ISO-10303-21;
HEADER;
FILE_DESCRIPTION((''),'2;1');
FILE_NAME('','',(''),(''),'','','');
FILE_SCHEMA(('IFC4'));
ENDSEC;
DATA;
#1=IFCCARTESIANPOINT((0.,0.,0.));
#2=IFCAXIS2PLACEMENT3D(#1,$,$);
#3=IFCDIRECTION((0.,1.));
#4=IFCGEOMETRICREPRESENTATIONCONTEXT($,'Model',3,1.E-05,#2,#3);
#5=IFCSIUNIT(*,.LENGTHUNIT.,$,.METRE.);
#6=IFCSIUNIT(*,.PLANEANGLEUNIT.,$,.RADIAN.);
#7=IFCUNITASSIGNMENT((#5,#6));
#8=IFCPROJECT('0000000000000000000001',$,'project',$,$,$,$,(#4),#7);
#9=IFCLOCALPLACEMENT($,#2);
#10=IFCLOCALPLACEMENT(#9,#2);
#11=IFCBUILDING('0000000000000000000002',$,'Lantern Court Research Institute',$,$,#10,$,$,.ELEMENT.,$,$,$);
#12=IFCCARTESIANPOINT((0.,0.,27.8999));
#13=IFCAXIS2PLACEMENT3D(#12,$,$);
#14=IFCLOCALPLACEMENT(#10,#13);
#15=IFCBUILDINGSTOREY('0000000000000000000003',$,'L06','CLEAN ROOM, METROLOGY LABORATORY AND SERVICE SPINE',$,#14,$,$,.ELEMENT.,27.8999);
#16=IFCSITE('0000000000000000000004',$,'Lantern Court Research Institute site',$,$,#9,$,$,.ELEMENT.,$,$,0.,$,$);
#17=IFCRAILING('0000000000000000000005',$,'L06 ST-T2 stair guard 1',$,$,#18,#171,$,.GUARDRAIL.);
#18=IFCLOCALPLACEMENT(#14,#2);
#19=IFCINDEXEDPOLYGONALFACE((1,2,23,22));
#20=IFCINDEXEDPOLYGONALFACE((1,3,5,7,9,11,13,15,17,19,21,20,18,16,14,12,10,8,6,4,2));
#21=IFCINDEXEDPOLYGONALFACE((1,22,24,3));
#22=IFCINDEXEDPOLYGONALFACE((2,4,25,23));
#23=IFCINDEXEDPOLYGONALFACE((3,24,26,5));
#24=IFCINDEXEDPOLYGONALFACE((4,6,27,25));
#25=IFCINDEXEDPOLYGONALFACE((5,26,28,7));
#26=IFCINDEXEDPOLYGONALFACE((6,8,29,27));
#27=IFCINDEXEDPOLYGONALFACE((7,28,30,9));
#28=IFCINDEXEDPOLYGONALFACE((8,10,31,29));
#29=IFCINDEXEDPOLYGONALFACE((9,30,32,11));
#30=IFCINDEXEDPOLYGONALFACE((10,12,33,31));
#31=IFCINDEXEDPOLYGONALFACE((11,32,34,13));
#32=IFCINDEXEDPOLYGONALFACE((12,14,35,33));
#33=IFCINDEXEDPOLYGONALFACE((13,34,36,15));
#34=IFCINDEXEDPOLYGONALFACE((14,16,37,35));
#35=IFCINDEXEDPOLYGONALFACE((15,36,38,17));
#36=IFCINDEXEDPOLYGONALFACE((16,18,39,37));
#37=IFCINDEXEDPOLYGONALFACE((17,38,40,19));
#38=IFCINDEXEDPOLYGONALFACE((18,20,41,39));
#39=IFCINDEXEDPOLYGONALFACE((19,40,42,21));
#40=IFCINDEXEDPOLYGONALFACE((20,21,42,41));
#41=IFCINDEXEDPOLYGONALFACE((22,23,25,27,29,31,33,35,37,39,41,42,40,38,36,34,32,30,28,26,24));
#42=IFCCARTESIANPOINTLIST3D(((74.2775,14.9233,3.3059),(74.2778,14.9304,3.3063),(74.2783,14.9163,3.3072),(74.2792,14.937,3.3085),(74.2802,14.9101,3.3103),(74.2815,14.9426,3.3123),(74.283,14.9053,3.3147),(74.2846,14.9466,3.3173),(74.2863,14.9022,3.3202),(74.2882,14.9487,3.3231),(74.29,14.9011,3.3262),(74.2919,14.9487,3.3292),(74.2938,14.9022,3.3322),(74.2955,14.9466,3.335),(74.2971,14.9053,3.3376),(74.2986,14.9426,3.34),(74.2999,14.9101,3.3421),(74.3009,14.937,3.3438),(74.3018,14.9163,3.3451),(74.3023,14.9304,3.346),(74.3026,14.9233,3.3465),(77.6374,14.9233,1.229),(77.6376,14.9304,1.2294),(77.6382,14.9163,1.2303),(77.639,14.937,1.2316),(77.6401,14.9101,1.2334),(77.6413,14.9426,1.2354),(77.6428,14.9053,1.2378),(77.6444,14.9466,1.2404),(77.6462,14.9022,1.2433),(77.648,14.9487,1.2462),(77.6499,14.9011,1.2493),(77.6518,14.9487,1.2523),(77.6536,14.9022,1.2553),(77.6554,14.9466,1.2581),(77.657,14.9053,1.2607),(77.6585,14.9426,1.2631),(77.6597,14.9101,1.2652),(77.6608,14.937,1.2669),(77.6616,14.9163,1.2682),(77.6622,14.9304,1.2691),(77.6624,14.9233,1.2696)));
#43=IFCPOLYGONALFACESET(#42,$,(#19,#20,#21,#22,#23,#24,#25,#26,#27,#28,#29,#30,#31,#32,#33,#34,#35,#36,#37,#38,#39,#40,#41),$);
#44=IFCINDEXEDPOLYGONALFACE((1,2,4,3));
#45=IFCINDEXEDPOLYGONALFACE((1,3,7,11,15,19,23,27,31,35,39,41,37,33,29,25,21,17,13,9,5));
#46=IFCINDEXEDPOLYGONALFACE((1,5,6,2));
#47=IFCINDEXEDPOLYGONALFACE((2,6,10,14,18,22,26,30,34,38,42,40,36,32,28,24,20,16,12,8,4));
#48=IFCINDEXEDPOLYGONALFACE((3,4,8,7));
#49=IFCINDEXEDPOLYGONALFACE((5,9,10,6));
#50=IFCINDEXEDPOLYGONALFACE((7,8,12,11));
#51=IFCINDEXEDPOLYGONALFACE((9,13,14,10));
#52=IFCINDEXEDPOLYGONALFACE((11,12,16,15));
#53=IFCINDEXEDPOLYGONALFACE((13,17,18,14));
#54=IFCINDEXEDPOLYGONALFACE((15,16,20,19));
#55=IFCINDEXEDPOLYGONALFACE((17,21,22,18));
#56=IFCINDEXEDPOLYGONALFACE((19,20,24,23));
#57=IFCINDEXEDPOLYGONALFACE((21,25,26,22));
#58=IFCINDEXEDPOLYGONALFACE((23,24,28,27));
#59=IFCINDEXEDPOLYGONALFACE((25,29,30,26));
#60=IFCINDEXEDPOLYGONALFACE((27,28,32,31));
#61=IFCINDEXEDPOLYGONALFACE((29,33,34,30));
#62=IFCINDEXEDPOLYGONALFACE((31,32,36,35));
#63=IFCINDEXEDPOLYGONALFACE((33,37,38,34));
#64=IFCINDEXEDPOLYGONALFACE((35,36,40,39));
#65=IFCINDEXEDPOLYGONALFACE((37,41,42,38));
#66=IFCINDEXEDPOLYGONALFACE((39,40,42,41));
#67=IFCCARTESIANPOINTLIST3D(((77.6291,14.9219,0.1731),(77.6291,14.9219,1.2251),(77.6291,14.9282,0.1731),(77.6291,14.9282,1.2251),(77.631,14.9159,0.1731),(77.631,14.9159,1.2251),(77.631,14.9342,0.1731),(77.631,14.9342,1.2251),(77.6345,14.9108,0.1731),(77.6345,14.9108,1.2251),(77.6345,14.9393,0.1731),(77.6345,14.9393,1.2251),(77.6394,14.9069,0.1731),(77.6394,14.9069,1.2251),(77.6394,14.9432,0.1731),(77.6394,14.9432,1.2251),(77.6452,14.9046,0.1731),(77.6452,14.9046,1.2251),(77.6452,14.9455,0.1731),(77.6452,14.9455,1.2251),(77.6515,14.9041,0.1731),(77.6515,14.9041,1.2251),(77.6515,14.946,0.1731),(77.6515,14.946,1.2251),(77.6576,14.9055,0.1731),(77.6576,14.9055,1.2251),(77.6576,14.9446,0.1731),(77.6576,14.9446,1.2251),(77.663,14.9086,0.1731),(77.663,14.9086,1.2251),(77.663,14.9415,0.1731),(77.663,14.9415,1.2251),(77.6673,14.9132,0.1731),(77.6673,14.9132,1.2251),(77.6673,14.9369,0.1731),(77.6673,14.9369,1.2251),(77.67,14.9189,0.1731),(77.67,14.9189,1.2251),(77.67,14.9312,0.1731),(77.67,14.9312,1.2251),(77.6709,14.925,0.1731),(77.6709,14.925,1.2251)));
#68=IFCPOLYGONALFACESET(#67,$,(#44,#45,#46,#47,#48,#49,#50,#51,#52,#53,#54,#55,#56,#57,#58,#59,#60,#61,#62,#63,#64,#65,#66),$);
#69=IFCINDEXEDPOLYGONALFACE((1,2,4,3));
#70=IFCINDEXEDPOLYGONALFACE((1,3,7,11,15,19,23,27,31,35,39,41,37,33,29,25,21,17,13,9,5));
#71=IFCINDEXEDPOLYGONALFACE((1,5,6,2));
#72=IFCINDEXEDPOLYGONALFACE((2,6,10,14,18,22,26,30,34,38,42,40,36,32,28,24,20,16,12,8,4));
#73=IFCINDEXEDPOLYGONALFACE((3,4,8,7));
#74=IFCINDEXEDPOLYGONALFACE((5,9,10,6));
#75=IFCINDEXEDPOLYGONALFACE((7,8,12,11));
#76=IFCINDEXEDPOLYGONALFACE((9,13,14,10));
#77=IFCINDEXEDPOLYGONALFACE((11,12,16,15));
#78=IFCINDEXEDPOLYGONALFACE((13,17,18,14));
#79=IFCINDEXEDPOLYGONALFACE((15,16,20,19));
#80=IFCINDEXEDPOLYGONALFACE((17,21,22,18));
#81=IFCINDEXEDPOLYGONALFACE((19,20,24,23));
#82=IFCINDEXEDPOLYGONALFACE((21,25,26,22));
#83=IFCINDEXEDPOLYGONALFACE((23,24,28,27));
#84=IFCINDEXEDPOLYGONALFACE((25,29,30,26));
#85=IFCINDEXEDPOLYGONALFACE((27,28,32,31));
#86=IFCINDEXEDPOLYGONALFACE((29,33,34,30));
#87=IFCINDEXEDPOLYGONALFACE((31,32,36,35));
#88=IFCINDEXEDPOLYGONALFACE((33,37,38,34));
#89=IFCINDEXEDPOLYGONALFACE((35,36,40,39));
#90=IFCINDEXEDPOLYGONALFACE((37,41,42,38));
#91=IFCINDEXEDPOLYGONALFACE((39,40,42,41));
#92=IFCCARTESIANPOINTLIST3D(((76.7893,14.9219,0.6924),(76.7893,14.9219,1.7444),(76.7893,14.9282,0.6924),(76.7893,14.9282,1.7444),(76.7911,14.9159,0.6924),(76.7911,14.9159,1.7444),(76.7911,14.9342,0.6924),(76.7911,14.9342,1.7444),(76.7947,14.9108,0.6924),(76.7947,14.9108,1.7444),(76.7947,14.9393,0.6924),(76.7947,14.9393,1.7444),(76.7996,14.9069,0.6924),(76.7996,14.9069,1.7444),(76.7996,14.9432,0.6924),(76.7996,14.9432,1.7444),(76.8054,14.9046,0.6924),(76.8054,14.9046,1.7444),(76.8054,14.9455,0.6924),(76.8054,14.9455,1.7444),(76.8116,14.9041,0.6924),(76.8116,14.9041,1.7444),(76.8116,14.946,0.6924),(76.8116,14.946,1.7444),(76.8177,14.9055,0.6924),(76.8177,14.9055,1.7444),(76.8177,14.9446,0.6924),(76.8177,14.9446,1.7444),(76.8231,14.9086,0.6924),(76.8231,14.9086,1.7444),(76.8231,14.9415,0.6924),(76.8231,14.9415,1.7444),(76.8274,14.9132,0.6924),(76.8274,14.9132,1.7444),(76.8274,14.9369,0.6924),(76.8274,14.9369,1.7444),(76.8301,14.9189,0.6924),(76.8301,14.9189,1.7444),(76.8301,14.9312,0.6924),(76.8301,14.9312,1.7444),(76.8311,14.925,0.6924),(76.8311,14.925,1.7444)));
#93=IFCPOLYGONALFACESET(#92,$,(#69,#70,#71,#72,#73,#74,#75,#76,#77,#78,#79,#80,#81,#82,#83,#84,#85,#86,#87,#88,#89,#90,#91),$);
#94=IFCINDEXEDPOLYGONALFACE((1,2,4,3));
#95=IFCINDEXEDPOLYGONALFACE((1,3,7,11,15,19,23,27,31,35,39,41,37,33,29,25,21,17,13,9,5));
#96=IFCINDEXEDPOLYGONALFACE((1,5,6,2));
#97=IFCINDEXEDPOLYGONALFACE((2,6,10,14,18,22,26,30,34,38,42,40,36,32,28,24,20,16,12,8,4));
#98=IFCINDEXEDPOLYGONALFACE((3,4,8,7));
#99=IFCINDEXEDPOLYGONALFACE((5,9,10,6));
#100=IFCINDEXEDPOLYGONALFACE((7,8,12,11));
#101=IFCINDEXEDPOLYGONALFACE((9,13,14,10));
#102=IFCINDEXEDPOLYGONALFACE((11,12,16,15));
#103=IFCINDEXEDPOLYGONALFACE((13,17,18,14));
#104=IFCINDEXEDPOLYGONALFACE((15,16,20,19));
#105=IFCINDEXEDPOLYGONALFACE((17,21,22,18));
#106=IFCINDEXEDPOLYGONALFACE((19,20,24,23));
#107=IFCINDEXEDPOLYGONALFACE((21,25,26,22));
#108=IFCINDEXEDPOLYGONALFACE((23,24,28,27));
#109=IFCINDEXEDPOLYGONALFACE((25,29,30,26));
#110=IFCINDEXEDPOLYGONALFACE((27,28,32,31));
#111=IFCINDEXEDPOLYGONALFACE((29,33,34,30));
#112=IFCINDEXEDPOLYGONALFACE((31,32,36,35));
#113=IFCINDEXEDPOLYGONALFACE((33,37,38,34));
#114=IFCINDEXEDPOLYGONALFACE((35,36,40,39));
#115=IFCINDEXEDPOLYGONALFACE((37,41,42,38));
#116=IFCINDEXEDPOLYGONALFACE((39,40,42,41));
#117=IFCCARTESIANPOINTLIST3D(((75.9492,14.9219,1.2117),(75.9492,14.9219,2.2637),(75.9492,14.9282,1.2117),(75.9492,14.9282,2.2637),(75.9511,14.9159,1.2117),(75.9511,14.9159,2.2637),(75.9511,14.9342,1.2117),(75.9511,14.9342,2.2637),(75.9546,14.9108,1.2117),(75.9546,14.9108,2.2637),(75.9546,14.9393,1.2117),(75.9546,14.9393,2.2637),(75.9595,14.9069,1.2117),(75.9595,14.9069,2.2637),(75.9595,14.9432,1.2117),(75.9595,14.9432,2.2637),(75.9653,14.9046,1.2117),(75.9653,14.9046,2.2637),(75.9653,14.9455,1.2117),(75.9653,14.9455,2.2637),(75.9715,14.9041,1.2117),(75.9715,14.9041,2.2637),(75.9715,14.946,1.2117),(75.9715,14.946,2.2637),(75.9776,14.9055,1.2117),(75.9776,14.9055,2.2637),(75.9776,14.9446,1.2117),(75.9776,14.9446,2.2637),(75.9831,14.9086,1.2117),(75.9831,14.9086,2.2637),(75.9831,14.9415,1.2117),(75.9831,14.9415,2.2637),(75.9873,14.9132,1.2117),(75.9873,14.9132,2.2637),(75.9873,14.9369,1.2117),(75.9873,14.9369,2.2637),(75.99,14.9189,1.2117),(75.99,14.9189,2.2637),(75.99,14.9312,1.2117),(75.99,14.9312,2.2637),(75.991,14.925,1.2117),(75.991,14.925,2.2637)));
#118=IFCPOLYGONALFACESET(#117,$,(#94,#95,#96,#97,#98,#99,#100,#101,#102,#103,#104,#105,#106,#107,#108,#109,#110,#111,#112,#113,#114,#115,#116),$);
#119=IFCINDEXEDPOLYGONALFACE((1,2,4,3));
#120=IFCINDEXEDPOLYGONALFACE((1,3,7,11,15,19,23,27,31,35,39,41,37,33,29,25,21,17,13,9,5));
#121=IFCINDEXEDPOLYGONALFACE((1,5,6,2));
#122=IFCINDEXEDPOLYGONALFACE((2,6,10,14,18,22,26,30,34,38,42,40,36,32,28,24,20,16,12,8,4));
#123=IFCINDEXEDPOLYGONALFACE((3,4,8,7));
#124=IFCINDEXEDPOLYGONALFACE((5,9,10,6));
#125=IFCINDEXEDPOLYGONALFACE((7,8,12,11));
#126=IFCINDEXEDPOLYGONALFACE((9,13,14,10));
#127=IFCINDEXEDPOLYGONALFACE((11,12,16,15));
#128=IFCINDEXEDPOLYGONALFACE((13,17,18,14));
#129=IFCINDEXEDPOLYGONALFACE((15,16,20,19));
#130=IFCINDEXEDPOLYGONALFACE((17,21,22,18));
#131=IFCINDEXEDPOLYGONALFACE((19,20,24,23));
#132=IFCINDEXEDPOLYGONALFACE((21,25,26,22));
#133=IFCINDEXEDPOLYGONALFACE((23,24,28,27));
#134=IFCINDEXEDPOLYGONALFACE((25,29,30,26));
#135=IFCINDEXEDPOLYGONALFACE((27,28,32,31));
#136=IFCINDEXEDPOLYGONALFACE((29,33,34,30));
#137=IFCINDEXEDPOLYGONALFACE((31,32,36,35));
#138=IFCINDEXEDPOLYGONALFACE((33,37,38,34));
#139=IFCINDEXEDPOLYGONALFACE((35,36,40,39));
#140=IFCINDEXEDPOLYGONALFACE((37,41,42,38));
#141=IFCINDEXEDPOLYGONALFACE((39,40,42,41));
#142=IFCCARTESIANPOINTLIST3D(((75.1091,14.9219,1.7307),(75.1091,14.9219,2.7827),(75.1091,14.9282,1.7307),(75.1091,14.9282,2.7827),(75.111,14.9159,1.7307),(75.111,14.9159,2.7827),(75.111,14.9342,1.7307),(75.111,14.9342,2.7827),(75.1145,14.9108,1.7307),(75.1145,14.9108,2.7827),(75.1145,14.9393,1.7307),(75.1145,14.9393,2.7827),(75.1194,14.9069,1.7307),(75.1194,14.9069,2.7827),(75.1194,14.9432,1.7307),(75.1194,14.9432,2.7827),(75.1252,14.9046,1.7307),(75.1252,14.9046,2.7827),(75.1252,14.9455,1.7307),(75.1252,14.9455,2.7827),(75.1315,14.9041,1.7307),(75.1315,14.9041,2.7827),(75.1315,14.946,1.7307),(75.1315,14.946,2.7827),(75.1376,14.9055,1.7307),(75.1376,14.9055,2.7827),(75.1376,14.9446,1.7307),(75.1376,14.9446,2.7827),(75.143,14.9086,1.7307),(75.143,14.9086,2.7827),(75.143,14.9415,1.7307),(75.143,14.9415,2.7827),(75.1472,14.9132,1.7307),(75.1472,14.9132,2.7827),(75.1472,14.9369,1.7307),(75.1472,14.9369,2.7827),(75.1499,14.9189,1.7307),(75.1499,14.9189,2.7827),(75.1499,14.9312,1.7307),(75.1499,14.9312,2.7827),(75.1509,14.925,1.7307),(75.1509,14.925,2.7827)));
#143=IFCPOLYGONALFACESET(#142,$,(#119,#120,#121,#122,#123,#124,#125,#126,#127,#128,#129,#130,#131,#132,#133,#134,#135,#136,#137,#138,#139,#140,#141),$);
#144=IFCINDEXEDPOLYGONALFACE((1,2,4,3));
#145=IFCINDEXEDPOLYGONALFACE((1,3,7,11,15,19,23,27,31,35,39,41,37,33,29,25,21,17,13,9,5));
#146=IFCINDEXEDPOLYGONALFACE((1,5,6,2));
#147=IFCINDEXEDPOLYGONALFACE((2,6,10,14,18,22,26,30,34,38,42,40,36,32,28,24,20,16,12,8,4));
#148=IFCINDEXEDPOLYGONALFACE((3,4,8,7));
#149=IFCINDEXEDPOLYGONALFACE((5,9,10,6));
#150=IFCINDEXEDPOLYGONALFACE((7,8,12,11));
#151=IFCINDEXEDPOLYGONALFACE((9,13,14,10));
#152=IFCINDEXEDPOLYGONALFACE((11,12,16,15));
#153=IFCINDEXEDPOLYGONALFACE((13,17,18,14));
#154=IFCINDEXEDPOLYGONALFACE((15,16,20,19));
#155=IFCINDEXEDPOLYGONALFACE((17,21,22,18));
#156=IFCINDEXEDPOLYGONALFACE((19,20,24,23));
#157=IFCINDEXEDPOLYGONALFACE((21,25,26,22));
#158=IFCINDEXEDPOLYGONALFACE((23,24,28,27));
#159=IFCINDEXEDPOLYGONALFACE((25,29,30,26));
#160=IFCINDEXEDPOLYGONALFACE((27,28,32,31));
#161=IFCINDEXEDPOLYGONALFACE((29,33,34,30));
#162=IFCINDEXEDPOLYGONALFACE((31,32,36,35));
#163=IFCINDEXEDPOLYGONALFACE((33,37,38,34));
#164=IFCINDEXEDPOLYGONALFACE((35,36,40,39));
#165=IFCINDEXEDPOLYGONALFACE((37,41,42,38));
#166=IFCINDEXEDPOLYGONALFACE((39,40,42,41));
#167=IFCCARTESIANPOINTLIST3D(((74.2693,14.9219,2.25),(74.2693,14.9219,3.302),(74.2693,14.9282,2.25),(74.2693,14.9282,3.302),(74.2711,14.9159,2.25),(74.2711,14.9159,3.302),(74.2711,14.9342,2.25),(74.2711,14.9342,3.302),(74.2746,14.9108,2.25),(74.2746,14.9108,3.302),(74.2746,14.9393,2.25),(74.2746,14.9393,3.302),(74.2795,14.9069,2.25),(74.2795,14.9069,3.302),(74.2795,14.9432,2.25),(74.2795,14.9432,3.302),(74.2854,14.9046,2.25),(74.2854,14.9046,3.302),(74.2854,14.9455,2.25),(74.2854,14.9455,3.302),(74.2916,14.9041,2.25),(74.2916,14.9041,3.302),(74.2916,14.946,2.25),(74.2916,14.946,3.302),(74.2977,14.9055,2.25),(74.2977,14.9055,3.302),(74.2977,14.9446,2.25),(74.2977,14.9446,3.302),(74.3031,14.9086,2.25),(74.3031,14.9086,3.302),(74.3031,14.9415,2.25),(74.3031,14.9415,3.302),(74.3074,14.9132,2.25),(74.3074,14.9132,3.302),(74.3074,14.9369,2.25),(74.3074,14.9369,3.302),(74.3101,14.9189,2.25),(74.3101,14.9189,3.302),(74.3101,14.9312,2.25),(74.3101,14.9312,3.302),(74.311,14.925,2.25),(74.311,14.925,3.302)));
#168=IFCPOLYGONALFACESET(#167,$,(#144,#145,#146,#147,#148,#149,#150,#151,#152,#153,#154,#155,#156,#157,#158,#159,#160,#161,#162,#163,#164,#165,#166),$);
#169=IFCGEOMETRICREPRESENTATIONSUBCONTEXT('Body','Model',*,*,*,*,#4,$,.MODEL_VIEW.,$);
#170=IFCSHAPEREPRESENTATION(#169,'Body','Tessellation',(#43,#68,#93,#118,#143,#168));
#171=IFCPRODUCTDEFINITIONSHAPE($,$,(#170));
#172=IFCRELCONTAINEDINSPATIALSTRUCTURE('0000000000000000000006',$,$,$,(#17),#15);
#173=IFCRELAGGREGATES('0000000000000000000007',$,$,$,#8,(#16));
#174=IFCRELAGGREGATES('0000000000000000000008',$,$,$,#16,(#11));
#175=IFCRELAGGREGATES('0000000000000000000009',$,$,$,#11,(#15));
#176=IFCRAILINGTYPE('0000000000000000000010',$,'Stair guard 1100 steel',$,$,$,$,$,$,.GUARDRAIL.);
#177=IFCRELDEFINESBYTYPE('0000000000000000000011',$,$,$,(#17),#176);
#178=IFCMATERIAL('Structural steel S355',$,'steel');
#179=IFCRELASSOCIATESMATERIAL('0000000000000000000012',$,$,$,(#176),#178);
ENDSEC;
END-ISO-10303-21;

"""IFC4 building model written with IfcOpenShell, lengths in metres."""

from ifc_helpers import new_model, si_unit, direction, frame, origin, origin_2d, place, context, subcontext, project, spatial, circle, extrude, material, type_object, element, save


model = new_model("IFC4")

# Units and contexts
model_context = context("Model", 3, precision=1e-05, world=origin(), true_north=direction((0.0, 1.0)))
body_context = subcontext(model_context, "Body", "Model", "MODEL_VIEW")
ifc_project = project(units=[si_unit("LENGTHUNIT", "METRE"), si_unit("PLANEANGLEUNIT", "RADIAN")], contexts=[model_context])

# Site, building, storey
site_placement = place(None, origin())
site = spatial("IfcSite", under=ifc_project, at=site_placement, Name="Lantern Court Research Institute site", CompositionType="ELEMENT", RefElevation=0.0)
building_placement = place(site_placement, origin())
building = spatial("IfcBuilding", under=site, at=building_placement, Name="Lantern Court Research Institute", CompositionType="ELEMENT")
storey_placement = place(building_placement, frame((0.0, 0.0, 27.8999)))
storey = spatial("IfcBuildingStorey", under=building, at=storey_placement, Name="L06", Description="CLEAN ROOM, METROLOGY LABORATORY AND SERVICE SPINE", CompositionType="ELEMENT", Elevation=27.8999)

# Railing
ifc_material_1 = material(Name="Structural steel S355", Category="steel")
railing_type_1 = type_object("IfcRailingType", Name="Stair guard 1100 steel", PredefinedType="GUARDRAIL", material=ifc_material_1)
railing_1_placement = place(storey_placement, frame((77.6499, 14.925, 0.1731)))
element("IfcRailing", 1, at=railing_1_placement, inside=storey, type_object=railing_type_1, Name="L06 ST-T2 stair guard 1", PredefinedType="GUARDRAIL", context=body_context, shape_type="SweptSolid", body=[
    extrude(circle(Radius=0.0239, at=origin_2d()), frame((0.0, 0.0, 1.0762), z_axis=(-0.850606, 0.0, 0.525803), x_axis=(0.0, -1.0, 0.0)), (0.0, 0.0, 1.0), 3.95),
    extrude(circle(Radius=0.021, at=origin_2d()), origin(), (0.0, 0.0, 1.0), 1.052),
    extrude(circle(Radius=0.021, at=origin_2d()), frame((-0.8398, 0.0, 0.5193)), (0.0, 0.0, 1.0), 1.052),
    extrude(circle(Radius=0.021, at=origin_2d()), frame((-1.6799, 0.0, 1.0386)), (0.0, 0.0, 1.0), 1.052),
    extrude(circle(Radius=0.021, at=origin_2d()), frame((-2.52, 0.0, 1.5576)), (0.0, 0.0, 1.0), 1.052),
    extrude(circle(Radius=0.021, at=origin_2d()), frame((-3.3599, 0.0, 2.0769)), (0.0, 0.0, 1.0), 1.052),
])

save(model, "model.ifc")
